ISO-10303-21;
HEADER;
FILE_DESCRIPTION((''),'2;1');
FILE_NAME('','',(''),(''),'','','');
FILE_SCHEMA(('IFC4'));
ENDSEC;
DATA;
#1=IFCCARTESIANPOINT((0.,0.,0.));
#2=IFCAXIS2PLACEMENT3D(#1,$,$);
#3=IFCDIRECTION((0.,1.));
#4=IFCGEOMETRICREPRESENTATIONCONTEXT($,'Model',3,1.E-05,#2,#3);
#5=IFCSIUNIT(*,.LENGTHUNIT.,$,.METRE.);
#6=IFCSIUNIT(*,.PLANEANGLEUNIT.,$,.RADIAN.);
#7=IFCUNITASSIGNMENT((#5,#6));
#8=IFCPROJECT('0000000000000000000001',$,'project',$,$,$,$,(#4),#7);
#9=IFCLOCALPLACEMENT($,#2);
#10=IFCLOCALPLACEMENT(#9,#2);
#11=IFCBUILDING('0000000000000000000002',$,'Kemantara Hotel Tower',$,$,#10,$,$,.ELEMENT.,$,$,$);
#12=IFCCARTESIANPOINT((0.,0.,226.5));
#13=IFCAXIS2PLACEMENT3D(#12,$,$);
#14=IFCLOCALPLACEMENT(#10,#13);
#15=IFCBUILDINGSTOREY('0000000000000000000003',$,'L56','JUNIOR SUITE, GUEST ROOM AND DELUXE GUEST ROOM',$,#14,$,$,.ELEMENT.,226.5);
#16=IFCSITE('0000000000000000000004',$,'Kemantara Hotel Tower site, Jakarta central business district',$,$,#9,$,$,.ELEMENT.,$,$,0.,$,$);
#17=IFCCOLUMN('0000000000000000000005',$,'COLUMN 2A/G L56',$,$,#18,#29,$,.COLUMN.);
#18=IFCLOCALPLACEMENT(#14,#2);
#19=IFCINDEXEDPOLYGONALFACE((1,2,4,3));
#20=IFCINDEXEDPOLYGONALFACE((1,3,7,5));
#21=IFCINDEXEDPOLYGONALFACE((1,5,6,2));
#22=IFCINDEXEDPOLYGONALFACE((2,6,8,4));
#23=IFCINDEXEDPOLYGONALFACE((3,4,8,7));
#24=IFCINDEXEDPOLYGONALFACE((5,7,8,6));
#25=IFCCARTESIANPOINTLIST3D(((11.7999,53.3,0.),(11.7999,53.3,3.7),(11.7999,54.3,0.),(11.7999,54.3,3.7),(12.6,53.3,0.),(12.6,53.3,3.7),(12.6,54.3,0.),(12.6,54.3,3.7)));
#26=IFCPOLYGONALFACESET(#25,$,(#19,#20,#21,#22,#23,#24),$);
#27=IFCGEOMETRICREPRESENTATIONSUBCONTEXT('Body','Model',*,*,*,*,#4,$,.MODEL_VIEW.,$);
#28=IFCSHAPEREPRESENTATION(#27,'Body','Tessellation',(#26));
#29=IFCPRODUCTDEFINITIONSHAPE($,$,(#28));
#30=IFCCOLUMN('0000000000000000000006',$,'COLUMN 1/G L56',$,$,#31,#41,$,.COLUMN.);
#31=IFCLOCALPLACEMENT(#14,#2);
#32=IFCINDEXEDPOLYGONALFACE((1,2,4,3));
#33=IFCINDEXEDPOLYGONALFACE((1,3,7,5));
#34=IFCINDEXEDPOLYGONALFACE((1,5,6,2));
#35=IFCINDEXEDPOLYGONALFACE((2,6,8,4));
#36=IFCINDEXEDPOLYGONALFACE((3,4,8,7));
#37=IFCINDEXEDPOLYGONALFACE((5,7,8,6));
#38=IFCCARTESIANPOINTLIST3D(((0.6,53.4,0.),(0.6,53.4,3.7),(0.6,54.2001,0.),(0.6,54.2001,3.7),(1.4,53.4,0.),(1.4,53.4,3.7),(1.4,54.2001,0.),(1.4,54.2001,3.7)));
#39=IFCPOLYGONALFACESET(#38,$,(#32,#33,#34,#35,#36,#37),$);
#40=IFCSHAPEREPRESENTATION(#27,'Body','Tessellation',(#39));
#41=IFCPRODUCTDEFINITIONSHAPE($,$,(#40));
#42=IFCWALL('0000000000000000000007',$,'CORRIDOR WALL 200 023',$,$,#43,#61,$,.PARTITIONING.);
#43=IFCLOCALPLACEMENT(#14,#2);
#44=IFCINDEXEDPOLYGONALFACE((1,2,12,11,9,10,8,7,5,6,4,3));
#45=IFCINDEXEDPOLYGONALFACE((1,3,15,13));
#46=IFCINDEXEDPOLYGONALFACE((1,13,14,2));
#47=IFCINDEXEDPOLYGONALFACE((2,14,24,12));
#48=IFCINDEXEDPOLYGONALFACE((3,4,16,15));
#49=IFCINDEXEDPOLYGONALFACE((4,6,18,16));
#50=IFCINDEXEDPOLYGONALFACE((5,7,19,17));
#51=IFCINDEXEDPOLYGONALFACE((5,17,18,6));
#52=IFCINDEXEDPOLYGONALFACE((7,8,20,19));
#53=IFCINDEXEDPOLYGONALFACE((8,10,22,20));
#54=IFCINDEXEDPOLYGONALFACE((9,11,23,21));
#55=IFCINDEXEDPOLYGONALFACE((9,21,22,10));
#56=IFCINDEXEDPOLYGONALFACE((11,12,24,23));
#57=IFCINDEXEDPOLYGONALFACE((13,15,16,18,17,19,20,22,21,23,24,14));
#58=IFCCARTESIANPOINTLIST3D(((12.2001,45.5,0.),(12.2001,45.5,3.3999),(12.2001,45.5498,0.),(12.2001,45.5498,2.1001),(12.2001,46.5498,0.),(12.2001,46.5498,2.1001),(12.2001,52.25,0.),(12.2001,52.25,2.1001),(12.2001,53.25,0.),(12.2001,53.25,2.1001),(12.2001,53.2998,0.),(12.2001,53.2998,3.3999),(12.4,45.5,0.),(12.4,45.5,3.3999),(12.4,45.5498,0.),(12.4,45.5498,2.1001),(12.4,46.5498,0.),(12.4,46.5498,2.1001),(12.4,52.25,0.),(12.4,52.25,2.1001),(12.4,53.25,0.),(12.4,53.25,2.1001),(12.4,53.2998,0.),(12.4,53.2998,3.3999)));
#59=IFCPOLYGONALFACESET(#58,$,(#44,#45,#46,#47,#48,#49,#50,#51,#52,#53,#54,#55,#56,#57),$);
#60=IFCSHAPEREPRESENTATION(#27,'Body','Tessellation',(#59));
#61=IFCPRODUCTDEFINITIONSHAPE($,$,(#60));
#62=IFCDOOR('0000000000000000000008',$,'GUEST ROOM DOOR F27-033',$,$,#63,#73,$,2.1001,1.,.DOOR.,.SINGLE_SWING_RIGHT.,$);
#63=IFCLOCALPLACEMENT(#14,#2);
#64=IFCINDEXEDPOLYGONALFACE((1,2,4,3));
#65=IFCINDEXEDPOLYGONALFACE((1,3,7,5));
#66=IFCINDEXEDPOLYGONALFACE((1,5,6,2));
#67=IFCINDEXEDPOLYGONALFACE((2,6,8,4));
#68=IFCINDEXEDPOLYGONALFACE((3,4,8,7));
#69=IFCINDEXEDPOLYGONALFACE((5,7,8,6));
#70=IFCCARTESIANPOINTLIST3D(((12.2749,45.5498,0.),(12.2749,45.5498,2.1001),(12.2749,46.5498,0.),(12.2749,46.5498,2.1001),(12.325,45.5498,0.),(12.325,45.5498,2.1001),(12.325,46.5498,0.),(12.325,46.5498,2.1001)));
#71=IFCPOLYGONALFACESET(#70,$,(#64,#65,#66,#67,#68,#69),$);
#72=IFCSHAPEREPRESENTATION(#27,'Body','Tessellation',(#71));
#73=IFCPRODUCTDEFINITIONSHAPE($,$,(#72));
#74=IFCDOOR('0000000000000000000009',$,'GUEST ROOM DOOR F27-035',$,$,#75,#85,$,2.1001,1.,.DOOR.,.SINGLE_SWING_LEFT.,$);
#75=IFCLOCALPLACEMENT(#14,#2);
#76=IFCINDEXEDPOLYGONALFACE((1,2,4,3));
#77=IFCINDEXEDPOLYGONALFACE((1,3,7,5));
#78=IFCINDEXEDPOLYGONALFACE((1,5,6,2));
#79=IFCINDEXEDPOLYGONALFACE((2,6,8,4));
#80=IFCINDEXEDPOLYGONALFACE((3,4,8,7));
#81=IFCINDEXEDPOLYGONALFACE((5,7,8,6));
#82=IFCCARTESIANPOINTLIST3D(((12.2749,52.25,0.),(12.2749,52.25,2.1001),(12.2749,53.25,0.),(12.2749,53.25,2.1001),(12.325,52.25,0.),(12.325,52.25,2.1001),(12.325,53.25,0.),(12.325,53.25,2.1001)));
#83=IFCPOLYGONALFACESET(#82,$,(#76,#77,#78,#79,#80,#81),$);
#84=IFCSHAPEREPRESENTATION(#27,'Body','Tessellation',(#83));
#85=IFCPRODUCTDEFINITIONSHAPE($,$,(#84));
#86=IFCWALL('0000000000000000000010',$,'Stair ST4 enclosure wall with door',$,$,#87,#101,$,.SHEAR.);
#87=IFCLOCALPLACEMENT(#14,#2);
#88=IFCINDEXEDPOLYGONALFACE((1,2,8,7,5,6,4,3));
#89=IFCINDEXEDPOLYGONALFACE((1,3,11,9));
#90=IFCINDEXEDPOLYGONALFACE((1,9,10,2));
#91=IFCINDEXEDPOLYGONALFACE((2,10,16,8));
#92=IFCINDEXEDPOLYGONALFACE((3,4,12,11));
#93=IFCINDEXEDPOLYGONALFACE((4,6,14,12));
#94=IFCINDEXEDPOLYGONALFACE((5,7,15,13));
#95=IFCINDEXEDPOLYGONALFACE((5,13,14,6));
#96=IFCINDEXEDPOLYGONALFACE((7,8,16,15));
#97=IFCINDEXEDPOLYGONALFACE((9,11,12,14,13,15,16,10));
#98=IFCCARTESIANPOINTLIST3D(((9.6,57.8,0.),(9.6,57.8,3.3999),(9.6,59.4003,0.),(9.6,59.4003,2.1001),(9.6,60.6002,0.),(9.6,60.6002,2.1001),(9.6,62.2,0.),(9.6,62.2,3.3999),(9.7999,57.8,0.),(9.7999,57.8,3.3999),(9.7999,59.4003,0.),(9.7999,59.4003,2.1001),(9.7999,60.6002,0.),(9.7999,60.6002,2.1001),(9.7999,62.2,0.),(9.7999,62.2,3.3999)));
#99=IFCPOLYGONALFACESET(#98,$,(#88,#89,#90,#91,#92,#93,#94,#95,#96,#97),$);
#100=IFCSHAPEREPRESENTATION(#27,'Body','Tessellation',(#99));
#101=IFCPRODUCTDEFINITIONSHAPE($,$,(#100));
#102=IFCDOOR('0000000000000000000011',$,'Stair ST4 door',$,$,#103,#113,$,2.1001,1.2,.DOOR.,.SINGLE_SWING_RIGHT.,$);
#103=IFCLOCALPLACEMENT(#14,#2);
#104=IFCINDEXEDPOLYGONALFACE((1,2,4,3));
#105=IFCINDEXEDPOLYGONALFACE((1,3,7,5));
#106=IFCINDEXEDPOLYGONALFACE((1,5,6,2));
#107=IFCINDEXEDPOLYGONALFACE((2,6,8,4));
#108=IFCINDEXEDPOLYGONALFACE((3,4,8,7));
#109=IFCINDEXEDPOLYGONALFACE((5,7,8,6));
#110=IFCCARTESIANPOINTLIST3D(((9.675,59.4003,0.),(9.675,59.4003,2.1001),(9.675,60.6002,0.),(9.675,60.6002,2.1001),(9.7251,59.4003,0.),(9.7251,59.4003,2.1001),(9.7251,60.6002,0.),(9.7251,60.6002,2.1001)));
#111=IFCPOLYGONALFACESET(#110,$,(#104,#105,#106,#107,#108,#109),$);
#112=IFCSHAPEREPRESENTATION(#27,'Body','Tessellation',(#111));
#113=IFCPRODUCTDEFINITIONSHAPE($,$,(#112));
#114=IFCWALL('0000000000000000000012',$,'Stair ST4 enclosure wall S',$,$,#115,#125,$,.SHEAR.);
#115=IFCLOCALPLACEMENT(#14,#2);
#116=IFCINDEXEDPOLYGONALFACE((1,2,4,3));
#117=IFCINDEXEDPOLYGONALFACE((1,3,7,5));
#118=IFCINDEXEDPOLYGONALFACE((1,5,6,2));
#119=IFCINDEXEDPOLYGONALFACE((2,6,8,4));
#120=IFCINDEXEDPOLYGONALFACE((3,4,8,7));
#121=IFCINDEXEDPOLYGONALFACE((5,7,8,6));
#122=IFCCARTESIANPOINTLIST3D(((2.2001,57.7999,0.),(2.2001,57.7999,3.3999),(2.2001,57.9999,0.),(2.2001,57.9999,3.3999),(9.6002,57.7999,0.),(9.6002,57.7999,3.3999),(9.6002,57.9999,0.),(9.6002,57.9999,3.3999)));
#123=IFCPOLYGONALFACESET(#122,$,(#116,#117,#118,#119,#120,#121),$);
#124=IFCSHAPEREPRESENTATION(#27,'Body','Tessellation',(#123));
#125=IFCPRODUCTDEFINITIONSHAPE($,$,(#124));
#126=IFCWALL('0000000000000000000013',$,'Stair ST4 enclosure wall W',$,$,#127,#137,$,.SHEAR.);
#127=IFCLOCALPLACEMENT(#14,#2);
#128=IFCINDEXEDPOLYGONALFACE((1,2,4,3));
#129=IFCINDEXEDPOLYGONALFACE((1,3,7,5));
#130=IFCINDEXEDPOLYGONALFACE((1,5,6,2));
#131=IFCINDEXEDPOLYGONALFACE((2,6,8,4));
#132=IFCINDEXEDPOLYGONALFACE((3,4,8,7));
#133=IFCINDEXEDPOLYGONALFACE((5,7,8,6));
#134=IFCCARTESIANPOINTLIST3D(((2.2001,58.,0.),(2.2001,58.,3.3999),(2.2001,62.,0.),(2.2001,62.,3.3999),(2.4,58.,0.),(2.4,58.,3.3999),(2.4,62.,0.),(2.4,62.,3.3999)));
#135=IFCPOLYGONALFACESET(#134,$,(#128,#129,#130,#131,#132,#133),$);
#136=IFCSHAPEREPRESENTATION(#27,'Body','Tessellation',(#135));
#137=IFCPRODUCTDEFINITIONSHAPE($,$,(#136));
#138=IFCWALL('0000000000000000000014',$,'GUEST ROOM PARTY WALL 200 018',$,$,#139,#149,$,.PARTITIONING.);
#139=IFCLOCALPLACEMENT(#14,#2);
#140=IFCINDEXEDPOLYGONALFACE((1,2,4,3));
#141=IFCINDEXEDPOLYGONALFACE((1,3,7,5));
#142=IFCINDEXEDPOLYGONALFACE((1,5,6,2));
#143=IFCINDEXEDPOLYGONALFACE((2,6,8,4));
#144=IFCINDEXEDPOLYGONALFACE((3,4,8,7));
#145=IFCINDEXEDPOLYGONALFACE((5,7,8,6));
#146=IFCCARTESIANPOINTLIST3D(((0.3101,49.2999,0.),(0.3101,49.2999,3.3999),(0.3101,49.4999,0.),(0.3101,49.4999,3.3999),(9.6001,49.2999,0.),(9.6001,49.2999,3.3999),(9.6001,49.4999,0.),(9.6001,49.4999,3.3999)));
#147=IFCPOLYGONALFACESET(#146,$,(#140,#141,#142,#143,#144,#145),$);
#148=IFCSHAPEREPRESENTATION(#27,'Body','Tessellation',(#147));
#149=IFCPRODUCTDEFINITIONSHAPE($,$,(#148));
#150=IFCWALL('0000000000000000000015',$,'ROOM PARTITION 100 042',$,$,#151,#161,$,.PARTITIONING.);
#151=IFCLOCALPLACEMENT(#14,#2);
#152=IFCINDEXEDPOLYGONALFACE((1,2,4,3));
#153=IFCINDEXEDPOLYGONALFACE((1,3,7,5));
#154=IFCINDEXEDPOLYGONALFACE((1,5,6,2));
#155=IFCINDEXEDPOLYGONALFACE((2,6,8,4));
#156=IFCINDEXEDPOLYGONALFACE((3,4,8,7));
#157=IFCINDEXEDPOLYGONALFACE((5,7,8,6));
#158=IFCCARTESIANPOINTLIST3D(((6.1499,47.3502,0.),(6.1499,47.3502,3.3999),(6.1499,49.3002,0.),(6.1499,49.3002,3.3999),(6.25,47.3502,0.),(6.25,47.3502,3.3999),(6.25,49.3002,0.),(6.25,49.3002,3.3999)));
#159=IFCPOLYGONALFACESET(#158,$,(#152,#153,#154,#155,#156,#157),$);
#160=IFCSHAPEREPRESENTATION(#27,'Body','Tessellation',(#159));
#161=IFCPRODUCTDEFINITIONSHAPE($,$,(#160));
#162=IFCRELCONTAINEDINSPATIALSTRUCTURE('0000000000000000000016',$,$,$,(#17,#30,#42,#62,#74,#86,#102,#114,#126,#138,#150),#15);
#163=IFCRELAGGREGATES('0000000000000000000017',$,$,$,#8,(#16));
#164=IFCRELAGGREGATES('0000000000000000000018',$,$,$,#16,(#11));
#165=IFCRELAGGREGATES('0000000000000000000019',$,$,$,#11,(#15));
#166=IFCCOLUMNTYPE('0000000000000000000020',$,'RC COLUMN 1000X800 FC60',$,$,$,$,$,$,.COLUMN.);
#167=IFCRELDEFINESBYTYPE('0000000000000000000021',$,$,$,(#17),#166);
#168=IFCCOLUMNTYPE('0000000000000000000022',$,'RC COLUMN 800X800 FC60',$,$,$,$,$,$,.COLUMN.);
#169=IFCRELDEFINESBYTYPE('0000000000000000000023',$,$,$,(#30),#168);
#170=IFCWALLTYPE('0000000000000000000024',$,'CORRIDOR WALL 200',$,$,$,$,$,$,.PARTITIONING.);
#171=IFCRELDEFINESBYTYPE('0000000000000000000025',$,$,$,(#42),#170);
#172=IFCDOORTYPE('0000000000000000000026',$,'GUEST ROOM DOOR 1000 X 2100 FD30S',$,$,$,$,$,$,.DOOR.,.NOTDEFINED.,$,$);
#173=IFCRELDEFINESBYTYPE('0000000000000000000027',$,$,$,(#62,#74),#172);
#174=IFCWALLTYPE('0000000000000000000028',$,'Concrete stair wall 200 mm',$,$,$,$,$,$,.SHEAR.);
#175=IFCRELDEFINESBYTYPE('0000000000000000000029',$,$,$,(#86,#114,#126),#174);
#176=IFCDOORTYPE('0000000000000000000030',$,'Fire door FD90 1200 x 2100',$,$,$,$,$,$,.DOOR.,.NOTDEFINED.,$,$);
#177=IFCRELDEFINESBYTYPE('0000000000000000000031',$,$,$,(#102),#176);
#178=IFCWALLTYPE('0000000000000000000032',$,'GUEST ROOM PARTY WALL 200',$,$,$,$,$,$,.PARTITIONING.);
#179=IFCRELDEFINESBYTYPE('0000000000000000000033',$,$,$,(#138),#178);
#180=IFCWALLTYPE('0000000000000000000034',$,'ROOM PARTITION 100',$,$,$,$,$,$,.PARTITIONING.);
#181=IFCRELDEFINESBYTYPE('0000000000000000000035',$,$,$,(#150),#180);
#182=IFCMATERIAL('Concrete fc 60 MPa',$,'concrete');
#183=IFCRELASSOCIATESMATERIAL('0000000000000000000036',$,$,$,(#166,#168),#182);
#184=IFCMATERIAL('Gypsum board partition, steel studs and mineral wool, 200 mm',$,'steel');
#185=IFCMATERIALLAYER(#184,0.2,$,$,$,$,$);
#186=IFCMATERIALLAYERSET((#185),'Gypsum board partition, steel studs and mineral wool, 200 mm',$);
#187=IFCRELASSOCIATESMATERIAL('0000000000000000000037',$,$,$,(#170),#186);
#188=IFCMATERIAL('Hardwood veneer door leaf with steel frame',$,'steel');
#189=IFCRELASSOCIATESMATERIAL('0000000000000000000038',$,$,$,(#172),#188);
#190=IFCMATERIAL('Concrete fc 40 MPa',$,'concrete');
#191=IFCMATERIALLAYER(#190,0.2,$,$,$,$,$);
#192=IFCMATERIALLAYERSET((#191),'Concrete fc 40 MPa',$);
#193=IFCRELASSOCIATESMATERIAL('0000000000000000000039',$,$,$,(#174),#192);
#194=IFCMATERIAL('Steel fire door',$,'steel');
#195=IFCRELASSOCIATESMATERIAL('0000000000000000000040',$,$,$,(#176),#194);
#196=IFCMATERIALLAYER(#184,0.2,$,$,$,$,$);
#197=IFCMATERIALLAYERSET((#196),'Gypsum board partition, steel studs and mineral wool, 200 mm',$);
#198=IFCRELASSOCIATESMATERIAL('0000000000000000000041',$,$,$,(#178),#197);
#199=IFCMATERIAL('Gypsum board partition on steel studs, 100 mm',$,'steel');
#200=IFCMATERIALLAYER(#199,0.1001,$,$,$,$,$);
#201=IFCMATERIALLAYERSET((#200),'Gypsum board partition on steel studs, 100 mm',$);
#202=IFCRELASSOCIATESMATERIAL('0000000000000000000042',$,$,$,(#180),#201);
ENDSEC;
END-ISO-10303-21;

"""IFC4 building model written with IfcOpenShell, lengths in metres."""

from ifc_helpers import new_model, si_unit, direction, frame, frame_2d, origin, origin_2d, place, context, subcontext, project, spatial, rectangle, extrude, material, layer, layer_set, material_profile, profile_set, type_object, element, fill, save


model = new_model("IFC4")

# Units and contexts
model_context = context("Model", 3, precision=1e-05, world=origin(), true_north=direction((0.0, 1.0)))
body_context = subcontext(model_context, "Body", "Model", "MODEL_VIEW")
ifc_project = project(units=[si_unit("LENGTHUNIT", "METRE"), si_unit("PLANEANGLEUNIT", "RADIAN")], contexts=[model_context])

# Site, building, storey
site_placement = place(None, origin())
site = spatial("IfcSite", under=ifc_project, at=site_placement, Name="Kemantara Hotel Tower site, Jakarta central business district", CompositionType="ELEMENT", RefElevation=0.0)
building_placement = place(site_placement, origin())
building = spatial("IfcBuilding", under=site, at=building_placement, Name="Kemantara Hotel Tower", CompositionType="ELEMENT")
storey_placement = place(building_placement, frame((0.0, 0.0, 226.5)))
storey = spatial("IfcBuildingStorey", under=building, at=storey_placement, Name="L56", Description="JUNIOR SUITE, GUEST ROOM AND DELUXE GUEST ROOM", CompositionType="ELEMENT", Elevation=226.5)

# Columns
ifc_material_1 = material(Name="Concrete fc 60 MPa", Category="concrete")
ifc_material_profile_1 = material_profile(ifc_material_1, rectangle(XDim=1.0, YDim=0.8, at=origin_2d()), Name="RC 1000X800")
ifc_profile_set_1 = profile_set([ifc_material_profile_1], Name="Concrete fc 60 MPa")
column_type_1 = type_object("IfcColumnType", Name="RC COLUMN 1000X800 FC60", PredefinedType="COLUMN", material=ifc_profile_set_1)
column_1_placement = place(storey_placement, frame((12.2, 53.8, 0.0), z_axis=(0.0, 0.0, 1.0), x_axis=(0.0, 1.0, 0.0)))
element("IfcColumn", 1, at=column_1_placement, inside=storey, type_object=column_type_1, Name="COLUMN 2A/G L56", PredefinedType="COLUMN", context=body_context, shape_type="SweptSolid", body=[
    extrude(rectangle(XDim=1.0, YDim=0.8, at=origin_2d()), origin(), (0.0, 0.0, 1.0), 3.7),
])
ifc_material_profile_2 = material_profile(ifc_material_1, rectangle(XDim=0.8, YDim=0.8, at=origin_2d()), Name="RC 800X800")
ifc_profile_set_2 = profile_set([ifc_material_profile_2], Name="Concrete fc 60 MPa")
column_type_2 = type_object("IfcColumnType", Name="RC COLUMN 800X800 FC60", PredefinedType="COLUMN", material=ifc_profile_set_2)
column_2_placement = place(storey_placement, frame((1.0, 53.8, 0.0), z_axis=(0.0, 0.0, 1.0), x_axis=(1.0, 0.0, 0.0)))
element("IfcColumn", 2, at=column_2_placement, inside=storey, type_object=column_type_2, Name="COLUMN 1/G L56", PredefinedType="COLUMN", context=body_context, shape_type="SweptSolid", body=[
    extrude(rectangle(XDim=0.8, YDim=0.8, at=origin_2d()), origin(), (0.0, 0.0, 1.0), 3.7),
])

# Wall, openings, doors
ifc_material_2 = material(Name="Gypsum board partition, steel studs and mineral wool, 200 mm", Category="steel")
ifc_layer_1 = layer(ifc_material_2, 0.2)
ifc_layer_set_1 = layer_set([ifc_layer_1], Name="Gypsum board partition, steel studs and mineral wool, 200 mm")
wall_type_1 = type_object("IfcWallType", Name="CORRIDOR WALL 200", PredefinedType="PARTITIONING", material=ifc_layer_set_1)
wall_1_placement = place(storey_placement, frame((12.3, 53.2998, 0.0), z_axis=(0.0, 0.0, 1.0), x_axis=(0.0, -1.0, 0.0)))
wall_1 = element("IfcWall", 3, at=wall_1_placement, inside=storey, type_object=wall_type_1, Name="CORRIDOR WALL 200 023", PredefinedType="PARTITIONING", context=body_context, shape_type="SweptSolid", body=[
    extrude(rectangle(XDim=7.7998, YDim=0.2, at=frame_2d((3.8999, 0.0))), origin(), (0.0, 0.0, 1.0), 3.3999),
])
opening_1_placement = place(wall_1_placement, frame((6.75, 0.0, 0.0)))
opening_1 = element("IfcOpeningElement", 4, at=opening_1_placement, cuts=wall_1, PredefinedType="OPENING", context=body_context, shape_type="SweptSolid", body=[
    extrude(rectangle(XDim=1.0, YDim=2.1001, at=frame_2d((0.5, 1.05))), frame((0.0, 0.1099, 0.0), z_axis=(0.0, -1.0, 0.0), x_axis=(1.0, 0.0, 0.0)), (0.0, 0.0, 1.0), 0.22),
])
opening_2_placement = place(wall_1_placement, frame((0.0498, 0.0, 0.0)))
opening_2 = element("IfcOpeningElement", 5, at=opening_2_placement, cuts=wall_1, PredefinedType="OPENING", context=body_context, shape_type="SweptSolid", body=[
    extrude(rectangle(XDim=1.0, YDim=2.1001, at=frame_2d((0.5, 1.05))), frame((0.0, 0.1099, 0.0), z_axis=(0.0, -1.0, 0.0), x_axis=(1.0, 0.0, 0.0)), (0.0, 0.0, 1.0), 0.22),
])
ifc_material_3 = material(Name="Hardwood veneer door leaf with steel frame", Category="steel")
door_type_1 = type_object("IfcDoorType", Name="GUEST ROOM DOOR 1000 X 2100 FD30S", OperationType="NOTDEFINED", PredefinedType="DOOR", material=ifc_material_3)
door_1_placement = place(opening_1_placement, origin())
door_1 = element("IfcDoor", 6, at=door_1_placement, inside=storey, type_object=door_type_1, Name="GUEST ROOM DOOR F27-033", OperationType="SINGLE_SWING_RIGHT", OverallHeight=2.1001, OverallWidth=1.0, PredefinedType="DOOR", context=body_context, shape_type="SweptSolid", body=[
    extrude(rectangle(XDim=1.0, YDim=2.1001, at=frame_2d((0.5, 1.05))), frame((0.0, 0.0249, 0.0), z_axis=(0.0, -1.0, 0.0), x_axis=(1.0, 0.0, 0.0)), (0.0, 0.0, 1.0), 0.05),
])
fill(opening_1, door_1)
door_2_placement = place(opening_2_placement, origin())
door_2 = element("IfcDoor", 7, at=door_2_placement, inside=storey, type_object=door_type_1, Name="GUEST ROOM DOOR F27-035", OperationType="SINGLE_SWING_LEFT", OverallHeight=2.1001, OverallWidth=1.0, PredefinedType="DOOR", context=body_context, shape_type="SweptSolid", body=[
    extrude(rectangle(XDim=1.0, YDim=2.1001, at=frame_2d((0.5, 1.05))), frame((0.0, 0.0249, 0.0), z_axis=(0.0, -1.0, 0.0), x_axis=(1.0, 0.0, 0.0)), (0.0, 0.0, 1.0), 0.05),
])
fill(opening_2, door_2)

# Wall, opening, door
ifc_material_4 = material(Name="Concrete fc 40 MPa", Category="concrete")
ifc_layer_2 = layer(ifc_material_4, 0.2)
ifc_layer_set_2 = layer_set([ifc_layer_2], Name="Concrete fc 40 MPa")
wall_type_2 = type_object("IfcWallType", Name="Concrete stair wall 200 mm", PredefinedType="SHEAR", material=ifc_layer_set_2)
wall_2_placement = place(storey_placement, frame((9.7, 57.8, 0.0), z_axis=(0.0, 0.0, 1.0), x_axis=(0.0, 1.0, 0.0)))
wall_2 = element("IfcWall", 8, at=wall_2_placement, inside=storey, type_object=wall_type_2, Name="Stair ST4 enclosure wall with door", PredefinedType="SHEAR", context=body_context, shape_type="SweptSolid", body=[
    extrude(rectangle(XDim=4.3999, YDim=0.2, at=frame_2d((2.2, 0.0))), origin(), (0.0, 0.0, 1.0), 3.3999),
])
opening_3_placement = place(wall_2_placement, frame((1.6001, 0.0, 0.0)))
opening_3 = element("IfcOpeningElement", 9, at=opening_3_placement, cuts=wall_2, PredefinedType="OPENING", context=body_context, shape_type="SweptSolid", body=[
    extrude(rectangle(XDim=1.2, YDim=2.1001, at=frame_2d((0.6001, 1.05))), frame((0.0, 0.1099, 0.0), z_axis=(0.0, -1.0, 0.0), x_axis=(1.0, 0.0, 0.0)), (0.0, 0.0, 1.0), 0.22),
])
ifc_material_5 = material(Name="Steel fire door", Category="steel")
door_type_2 = type_object("IfcDoorType", Name="Fire door FD90 1200 x 2100", OperationType="NOTDEFINED", PredefinedType="DOOR", material=ifc_material_5)
door_3_placement = place(opening_3_placement, origin())
door_3 = element("IfcDoor", 10, at=door_3_placement, inside=storey, type_object=door_type_2, Name="Stair ST4 door", OperationType="SINGLE_SWING_RIGHT", OverallHeight=2.1001, OverallWidth=1.2, PredefinedType="DOOR", context=body_context, shape_type="SweptSolid", body=[
    extrude(rectangle(XDim=1.2, YDim=2.1001, at=frame_2d((0.6001, 1.05))), frame((0.0, 0.0249, 0.0), z_axis=(0.0, -1.0, 0.0), x_axis=(1.0, 0.0, 0.0)), (0.0, 0.0, 1.0), 0.05),
])
fill(opening_3, door_3)

# Walls
wall_3_placement = place(storey_placement, frame((2.2, 57.8999, 0.0), z_axis=(0.0, 0.0, 1.0), x_axis=(1.0, 0.0, 0.0)))
element("IfcWall", 11, at=wall_3_placement, inside=storey, type_object=wall_type_2, Name="Stair ST4 enclosure wall S", PredefinedType="SHEAR", context=body_context, shape_type="SweptSolid", body=[
    extrude(rectangle(XDim=7.4001, YDim=0.2, at=frame_2d((3.7002, 0.0))), origin(), (0.0, 0.0, 1.0), 3.3999),
])
wall_4_placement = place(storey_placement, frame((2.3, 58.0, 0.0), z_axis=(0.0, 0.0, 1.0), x_axis=(0.0, 1.0, 0.0)))
element("IfcWall", 12, at=wall_4_placement, inside=storey, type_object=wall_type_2, Name="Stair ST4 enclosure wall W", PredefinedType="SHEAR", context=body_context, shape_type="SweptSolid", body=[
    extrude(rectangle(XDim=4.0, YDim=0.2, at=frame_2d((2.0, 0.0))), origin(), (0.0, 0.0, 1.0), 3.3999),
])
ifc_layer_3 = layer(ifc_material_2, 0.2)
ifc_layer_set_3 = layer_set([ifc_layer_3], Name="Gypsum board partition, steel studs and mineral wool, 200 mm")
wall_type_3 = type_object("IfcWallType", Name="GUEST ROOM PARTY WALL 200", PredefinedType="PARTITIONING", material=ifc_layer_set_3)
wall_5_placement = place(storey_placement, frame((0.3101, 49.3999, 0.0), z_axis=(0.0, 0.0, 1.0), x_axis=(1.0, 0.0, 0.0)))
element("IfcWall", 13, at=wall_5_placement, inside=storey, type_object=wall_type_3, Name="GUEST ROOM PARTY WALL 200 018", PredefinedType="PARTITIONING", context=body_context, shape_type="SweptSolid", body=[
    extrude(rectangle(XDim=9.29, YDim=0.2, at=frame_2d((4.645, 0.0))), origin(), (0.0, 0.0, 1.0), 3.3999),
])
ifc_material_6 = material(Name="Gypsum board partition on steel studs, 100 mm", Category="steel")
ifc_layer_4 = layer(ifc_material_6, 0.1001)
ifc_layer_set_4 = layer_set([ifc_layer_4], Name="Gypsum board partition on steel studs, 100 mm")
wall_type_4 = type_object("IfcWallType", Name="ROOM PARTITION 100", PredefinedType="PARTITIONING", material=ifc_layer_set_4)
wall_6_placement = place(storey_placement, frame((6.2, 47.3501, 0.0), z_axis=(0.0, 0.0, 1.0), x_axis=(0.0, 1.0, 0.0)))
element("IfcWall", 14, at=wall_6_placement, inside=storey, type_object=wall_type_4, Name="ROOM PARTITION 100 042", PredefinedType="PARTITIONING", context=body_context, shape_type="SweptSolid", body=[
    extrude(rectangle(XDim=1.95, YDim=0.1001, at=frame_2d((0.9751, 0.0))), origin(), (0.0, 0.0, 1.0), 3.3999),
])

save(model, "model.ifc")
